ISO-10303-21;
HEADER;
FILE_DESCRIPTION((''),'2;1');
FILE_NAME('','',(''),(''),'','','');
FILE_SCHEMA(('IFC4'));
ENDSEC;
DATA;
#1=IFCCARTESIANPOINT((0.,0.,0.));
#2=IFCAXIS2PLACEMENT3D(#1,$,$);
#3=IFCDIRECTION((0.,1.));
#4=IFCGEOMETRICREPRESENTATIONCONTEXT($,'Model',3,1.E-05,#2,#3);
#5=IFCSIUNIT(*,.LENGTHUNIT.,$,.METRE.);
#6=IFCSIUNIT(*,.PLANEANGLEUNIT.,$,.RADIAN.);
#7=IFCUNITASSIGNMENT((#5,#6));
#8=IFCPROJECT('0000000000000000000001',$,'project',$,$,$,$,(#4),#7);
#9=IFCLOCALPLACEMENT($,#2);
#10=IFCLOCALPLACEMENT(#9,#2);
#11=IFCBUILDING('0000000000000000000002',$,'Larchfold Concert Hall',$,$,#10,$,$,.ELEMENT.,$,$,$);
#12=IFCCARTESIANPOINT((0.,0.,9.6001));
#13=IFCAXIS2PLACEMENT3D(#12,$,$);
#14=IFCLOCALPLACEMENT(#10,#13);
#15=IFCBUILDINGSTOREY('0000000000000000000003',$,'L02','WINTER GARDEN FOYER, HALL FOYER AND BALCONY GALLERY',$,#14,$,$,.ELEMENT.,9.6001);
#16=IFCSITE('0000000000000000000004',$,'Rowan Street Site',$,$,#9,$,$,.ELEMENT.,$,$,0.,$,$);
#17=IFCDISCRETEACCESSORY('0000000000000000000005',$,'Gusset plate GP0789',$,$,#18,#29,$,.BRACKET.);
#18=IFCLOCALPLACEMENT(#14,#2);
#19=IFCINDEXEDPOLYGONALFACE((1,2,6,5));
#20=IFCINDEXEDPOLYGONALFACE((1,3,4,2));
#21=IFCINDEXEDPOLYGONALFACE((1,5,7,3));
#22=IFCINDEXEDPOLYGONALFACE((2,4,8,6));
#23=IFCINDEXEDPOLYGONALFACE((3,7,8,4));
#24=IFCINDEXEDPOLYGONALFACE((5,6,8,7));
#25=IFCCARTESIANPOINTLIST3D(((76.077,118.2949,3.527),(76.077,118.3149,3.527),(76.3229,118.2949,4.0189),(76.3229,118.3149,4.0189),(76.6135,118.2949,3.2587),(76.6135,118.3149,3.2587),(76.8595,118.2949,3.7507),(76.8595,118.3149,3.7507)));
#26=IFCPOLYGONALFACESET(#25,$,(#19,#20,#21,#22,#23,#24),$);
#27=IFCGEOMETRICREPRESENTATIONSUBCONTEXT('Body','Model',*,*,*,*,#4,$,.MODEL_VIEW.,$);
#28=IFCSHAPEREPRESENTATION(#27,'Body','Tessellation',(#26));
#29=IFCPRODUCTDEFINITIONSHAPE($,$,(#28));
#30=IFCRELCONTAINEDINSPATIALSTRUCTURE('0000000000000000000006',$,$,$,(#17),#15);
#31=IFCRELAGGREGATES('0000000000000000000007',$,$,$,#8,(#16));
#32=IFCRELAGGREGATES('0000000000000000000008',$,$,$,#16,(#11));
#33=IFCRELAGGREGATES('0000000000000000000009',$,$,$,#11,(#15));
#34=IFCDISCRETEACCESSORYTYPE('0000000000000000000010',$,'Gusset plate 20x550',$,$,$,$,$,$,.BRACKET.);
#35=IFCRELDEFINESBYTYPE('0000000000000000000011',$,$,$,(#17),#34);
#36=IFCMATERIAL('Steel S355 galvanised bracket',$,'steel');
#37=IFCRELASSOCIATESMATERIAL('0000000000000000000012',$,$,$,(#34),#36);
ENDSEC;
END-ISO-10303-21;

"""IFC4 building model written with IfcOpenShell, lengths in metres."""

from ifc_helpers import new_model, si_unit, direction, frame, origin, origin_2d, place, context, subcontext, project, spatial, rectangle, extrude, material, material_profile, profile_set, type_object, element, save


model = new_model("IFC4")

# Units and contexts
model_context = context("Model", 3, precision=1e-05, world=origin(), true_north=direction((0.0, 1.0)))
body_context = subcontext(model_context, "Body", "Model", "MODEL_VIEW")
ifc_project = project(units=[si_unit("LENGTHUNIT", "METRE"), si_unit("PLANEANGLEUNIT", "RADIAN")], contexts=[model_context])

# Site, building, storey
site_placement = place(None, origin())
site = spatial("IfcSite", under=ifc_project, at=site_placement, Name="Rowan Street Site", CompositionType="ELEMENT", RefElevation=0.0)
building_placement = place(site_placement, origin())
building = spatial("IfcBuilding", under=site, at=building_placement, Name="Larchfold Concert Hall", CompositionType="ELEMENT")
storey_placement = place(building_placement, frame((0.0, 0.0, 9.6001)))
storey = spatial("IfcBuildingStorey", under=building, at=storey_placement, Name="L02", Description="WINTER GARDEN FOYER, HALL FOYER AND BALCONY GALLERY", CompositionType="ELEMENT", Elevation=9.6001)

# Discrete accessory
ifc_material_1 = material(Name="Steel S355 galvanised bracket", Category="steel")
ifc_material_profile_1 = material_profile(ifc_material_1, rectangle(XDim=0.02, YDim=0.55, at=origin_2d()))
ifc_profile_set_1 = profile_set([ifc_material_profile_1], Name="Steel S355 galvanised bracket")
discrete_accessory_type = type_object("IfcDiscreteAccessoryType", Name="Gusset plate 20x550", PredefinedType="BRACKET", material=ifc_profile_set_1)
discrete_accessory_placement = place(storey_placement, frame((76.2, 118.3049, 3.7729), z_axis=(0.894427, 0.0, -0.447214), x_axis=(0.0, 1.0, 0.0)))
element("IfcDiscreteAccessory", 1, at=discrete_accessory_placement, inside=storey, type_object=discrete_accessory_type, Name="Gusset plate GP0789", PredefinedType="BRACKET", context=body_context, shape_type="SweptSolid", body=[
    extrude(rectangle(XDim=0.02, YDim=0.55, at=origin_2d()), origin(), (0.0, 0.0, 1.0), 0.5999),
])

save(model, "model.ifc")
